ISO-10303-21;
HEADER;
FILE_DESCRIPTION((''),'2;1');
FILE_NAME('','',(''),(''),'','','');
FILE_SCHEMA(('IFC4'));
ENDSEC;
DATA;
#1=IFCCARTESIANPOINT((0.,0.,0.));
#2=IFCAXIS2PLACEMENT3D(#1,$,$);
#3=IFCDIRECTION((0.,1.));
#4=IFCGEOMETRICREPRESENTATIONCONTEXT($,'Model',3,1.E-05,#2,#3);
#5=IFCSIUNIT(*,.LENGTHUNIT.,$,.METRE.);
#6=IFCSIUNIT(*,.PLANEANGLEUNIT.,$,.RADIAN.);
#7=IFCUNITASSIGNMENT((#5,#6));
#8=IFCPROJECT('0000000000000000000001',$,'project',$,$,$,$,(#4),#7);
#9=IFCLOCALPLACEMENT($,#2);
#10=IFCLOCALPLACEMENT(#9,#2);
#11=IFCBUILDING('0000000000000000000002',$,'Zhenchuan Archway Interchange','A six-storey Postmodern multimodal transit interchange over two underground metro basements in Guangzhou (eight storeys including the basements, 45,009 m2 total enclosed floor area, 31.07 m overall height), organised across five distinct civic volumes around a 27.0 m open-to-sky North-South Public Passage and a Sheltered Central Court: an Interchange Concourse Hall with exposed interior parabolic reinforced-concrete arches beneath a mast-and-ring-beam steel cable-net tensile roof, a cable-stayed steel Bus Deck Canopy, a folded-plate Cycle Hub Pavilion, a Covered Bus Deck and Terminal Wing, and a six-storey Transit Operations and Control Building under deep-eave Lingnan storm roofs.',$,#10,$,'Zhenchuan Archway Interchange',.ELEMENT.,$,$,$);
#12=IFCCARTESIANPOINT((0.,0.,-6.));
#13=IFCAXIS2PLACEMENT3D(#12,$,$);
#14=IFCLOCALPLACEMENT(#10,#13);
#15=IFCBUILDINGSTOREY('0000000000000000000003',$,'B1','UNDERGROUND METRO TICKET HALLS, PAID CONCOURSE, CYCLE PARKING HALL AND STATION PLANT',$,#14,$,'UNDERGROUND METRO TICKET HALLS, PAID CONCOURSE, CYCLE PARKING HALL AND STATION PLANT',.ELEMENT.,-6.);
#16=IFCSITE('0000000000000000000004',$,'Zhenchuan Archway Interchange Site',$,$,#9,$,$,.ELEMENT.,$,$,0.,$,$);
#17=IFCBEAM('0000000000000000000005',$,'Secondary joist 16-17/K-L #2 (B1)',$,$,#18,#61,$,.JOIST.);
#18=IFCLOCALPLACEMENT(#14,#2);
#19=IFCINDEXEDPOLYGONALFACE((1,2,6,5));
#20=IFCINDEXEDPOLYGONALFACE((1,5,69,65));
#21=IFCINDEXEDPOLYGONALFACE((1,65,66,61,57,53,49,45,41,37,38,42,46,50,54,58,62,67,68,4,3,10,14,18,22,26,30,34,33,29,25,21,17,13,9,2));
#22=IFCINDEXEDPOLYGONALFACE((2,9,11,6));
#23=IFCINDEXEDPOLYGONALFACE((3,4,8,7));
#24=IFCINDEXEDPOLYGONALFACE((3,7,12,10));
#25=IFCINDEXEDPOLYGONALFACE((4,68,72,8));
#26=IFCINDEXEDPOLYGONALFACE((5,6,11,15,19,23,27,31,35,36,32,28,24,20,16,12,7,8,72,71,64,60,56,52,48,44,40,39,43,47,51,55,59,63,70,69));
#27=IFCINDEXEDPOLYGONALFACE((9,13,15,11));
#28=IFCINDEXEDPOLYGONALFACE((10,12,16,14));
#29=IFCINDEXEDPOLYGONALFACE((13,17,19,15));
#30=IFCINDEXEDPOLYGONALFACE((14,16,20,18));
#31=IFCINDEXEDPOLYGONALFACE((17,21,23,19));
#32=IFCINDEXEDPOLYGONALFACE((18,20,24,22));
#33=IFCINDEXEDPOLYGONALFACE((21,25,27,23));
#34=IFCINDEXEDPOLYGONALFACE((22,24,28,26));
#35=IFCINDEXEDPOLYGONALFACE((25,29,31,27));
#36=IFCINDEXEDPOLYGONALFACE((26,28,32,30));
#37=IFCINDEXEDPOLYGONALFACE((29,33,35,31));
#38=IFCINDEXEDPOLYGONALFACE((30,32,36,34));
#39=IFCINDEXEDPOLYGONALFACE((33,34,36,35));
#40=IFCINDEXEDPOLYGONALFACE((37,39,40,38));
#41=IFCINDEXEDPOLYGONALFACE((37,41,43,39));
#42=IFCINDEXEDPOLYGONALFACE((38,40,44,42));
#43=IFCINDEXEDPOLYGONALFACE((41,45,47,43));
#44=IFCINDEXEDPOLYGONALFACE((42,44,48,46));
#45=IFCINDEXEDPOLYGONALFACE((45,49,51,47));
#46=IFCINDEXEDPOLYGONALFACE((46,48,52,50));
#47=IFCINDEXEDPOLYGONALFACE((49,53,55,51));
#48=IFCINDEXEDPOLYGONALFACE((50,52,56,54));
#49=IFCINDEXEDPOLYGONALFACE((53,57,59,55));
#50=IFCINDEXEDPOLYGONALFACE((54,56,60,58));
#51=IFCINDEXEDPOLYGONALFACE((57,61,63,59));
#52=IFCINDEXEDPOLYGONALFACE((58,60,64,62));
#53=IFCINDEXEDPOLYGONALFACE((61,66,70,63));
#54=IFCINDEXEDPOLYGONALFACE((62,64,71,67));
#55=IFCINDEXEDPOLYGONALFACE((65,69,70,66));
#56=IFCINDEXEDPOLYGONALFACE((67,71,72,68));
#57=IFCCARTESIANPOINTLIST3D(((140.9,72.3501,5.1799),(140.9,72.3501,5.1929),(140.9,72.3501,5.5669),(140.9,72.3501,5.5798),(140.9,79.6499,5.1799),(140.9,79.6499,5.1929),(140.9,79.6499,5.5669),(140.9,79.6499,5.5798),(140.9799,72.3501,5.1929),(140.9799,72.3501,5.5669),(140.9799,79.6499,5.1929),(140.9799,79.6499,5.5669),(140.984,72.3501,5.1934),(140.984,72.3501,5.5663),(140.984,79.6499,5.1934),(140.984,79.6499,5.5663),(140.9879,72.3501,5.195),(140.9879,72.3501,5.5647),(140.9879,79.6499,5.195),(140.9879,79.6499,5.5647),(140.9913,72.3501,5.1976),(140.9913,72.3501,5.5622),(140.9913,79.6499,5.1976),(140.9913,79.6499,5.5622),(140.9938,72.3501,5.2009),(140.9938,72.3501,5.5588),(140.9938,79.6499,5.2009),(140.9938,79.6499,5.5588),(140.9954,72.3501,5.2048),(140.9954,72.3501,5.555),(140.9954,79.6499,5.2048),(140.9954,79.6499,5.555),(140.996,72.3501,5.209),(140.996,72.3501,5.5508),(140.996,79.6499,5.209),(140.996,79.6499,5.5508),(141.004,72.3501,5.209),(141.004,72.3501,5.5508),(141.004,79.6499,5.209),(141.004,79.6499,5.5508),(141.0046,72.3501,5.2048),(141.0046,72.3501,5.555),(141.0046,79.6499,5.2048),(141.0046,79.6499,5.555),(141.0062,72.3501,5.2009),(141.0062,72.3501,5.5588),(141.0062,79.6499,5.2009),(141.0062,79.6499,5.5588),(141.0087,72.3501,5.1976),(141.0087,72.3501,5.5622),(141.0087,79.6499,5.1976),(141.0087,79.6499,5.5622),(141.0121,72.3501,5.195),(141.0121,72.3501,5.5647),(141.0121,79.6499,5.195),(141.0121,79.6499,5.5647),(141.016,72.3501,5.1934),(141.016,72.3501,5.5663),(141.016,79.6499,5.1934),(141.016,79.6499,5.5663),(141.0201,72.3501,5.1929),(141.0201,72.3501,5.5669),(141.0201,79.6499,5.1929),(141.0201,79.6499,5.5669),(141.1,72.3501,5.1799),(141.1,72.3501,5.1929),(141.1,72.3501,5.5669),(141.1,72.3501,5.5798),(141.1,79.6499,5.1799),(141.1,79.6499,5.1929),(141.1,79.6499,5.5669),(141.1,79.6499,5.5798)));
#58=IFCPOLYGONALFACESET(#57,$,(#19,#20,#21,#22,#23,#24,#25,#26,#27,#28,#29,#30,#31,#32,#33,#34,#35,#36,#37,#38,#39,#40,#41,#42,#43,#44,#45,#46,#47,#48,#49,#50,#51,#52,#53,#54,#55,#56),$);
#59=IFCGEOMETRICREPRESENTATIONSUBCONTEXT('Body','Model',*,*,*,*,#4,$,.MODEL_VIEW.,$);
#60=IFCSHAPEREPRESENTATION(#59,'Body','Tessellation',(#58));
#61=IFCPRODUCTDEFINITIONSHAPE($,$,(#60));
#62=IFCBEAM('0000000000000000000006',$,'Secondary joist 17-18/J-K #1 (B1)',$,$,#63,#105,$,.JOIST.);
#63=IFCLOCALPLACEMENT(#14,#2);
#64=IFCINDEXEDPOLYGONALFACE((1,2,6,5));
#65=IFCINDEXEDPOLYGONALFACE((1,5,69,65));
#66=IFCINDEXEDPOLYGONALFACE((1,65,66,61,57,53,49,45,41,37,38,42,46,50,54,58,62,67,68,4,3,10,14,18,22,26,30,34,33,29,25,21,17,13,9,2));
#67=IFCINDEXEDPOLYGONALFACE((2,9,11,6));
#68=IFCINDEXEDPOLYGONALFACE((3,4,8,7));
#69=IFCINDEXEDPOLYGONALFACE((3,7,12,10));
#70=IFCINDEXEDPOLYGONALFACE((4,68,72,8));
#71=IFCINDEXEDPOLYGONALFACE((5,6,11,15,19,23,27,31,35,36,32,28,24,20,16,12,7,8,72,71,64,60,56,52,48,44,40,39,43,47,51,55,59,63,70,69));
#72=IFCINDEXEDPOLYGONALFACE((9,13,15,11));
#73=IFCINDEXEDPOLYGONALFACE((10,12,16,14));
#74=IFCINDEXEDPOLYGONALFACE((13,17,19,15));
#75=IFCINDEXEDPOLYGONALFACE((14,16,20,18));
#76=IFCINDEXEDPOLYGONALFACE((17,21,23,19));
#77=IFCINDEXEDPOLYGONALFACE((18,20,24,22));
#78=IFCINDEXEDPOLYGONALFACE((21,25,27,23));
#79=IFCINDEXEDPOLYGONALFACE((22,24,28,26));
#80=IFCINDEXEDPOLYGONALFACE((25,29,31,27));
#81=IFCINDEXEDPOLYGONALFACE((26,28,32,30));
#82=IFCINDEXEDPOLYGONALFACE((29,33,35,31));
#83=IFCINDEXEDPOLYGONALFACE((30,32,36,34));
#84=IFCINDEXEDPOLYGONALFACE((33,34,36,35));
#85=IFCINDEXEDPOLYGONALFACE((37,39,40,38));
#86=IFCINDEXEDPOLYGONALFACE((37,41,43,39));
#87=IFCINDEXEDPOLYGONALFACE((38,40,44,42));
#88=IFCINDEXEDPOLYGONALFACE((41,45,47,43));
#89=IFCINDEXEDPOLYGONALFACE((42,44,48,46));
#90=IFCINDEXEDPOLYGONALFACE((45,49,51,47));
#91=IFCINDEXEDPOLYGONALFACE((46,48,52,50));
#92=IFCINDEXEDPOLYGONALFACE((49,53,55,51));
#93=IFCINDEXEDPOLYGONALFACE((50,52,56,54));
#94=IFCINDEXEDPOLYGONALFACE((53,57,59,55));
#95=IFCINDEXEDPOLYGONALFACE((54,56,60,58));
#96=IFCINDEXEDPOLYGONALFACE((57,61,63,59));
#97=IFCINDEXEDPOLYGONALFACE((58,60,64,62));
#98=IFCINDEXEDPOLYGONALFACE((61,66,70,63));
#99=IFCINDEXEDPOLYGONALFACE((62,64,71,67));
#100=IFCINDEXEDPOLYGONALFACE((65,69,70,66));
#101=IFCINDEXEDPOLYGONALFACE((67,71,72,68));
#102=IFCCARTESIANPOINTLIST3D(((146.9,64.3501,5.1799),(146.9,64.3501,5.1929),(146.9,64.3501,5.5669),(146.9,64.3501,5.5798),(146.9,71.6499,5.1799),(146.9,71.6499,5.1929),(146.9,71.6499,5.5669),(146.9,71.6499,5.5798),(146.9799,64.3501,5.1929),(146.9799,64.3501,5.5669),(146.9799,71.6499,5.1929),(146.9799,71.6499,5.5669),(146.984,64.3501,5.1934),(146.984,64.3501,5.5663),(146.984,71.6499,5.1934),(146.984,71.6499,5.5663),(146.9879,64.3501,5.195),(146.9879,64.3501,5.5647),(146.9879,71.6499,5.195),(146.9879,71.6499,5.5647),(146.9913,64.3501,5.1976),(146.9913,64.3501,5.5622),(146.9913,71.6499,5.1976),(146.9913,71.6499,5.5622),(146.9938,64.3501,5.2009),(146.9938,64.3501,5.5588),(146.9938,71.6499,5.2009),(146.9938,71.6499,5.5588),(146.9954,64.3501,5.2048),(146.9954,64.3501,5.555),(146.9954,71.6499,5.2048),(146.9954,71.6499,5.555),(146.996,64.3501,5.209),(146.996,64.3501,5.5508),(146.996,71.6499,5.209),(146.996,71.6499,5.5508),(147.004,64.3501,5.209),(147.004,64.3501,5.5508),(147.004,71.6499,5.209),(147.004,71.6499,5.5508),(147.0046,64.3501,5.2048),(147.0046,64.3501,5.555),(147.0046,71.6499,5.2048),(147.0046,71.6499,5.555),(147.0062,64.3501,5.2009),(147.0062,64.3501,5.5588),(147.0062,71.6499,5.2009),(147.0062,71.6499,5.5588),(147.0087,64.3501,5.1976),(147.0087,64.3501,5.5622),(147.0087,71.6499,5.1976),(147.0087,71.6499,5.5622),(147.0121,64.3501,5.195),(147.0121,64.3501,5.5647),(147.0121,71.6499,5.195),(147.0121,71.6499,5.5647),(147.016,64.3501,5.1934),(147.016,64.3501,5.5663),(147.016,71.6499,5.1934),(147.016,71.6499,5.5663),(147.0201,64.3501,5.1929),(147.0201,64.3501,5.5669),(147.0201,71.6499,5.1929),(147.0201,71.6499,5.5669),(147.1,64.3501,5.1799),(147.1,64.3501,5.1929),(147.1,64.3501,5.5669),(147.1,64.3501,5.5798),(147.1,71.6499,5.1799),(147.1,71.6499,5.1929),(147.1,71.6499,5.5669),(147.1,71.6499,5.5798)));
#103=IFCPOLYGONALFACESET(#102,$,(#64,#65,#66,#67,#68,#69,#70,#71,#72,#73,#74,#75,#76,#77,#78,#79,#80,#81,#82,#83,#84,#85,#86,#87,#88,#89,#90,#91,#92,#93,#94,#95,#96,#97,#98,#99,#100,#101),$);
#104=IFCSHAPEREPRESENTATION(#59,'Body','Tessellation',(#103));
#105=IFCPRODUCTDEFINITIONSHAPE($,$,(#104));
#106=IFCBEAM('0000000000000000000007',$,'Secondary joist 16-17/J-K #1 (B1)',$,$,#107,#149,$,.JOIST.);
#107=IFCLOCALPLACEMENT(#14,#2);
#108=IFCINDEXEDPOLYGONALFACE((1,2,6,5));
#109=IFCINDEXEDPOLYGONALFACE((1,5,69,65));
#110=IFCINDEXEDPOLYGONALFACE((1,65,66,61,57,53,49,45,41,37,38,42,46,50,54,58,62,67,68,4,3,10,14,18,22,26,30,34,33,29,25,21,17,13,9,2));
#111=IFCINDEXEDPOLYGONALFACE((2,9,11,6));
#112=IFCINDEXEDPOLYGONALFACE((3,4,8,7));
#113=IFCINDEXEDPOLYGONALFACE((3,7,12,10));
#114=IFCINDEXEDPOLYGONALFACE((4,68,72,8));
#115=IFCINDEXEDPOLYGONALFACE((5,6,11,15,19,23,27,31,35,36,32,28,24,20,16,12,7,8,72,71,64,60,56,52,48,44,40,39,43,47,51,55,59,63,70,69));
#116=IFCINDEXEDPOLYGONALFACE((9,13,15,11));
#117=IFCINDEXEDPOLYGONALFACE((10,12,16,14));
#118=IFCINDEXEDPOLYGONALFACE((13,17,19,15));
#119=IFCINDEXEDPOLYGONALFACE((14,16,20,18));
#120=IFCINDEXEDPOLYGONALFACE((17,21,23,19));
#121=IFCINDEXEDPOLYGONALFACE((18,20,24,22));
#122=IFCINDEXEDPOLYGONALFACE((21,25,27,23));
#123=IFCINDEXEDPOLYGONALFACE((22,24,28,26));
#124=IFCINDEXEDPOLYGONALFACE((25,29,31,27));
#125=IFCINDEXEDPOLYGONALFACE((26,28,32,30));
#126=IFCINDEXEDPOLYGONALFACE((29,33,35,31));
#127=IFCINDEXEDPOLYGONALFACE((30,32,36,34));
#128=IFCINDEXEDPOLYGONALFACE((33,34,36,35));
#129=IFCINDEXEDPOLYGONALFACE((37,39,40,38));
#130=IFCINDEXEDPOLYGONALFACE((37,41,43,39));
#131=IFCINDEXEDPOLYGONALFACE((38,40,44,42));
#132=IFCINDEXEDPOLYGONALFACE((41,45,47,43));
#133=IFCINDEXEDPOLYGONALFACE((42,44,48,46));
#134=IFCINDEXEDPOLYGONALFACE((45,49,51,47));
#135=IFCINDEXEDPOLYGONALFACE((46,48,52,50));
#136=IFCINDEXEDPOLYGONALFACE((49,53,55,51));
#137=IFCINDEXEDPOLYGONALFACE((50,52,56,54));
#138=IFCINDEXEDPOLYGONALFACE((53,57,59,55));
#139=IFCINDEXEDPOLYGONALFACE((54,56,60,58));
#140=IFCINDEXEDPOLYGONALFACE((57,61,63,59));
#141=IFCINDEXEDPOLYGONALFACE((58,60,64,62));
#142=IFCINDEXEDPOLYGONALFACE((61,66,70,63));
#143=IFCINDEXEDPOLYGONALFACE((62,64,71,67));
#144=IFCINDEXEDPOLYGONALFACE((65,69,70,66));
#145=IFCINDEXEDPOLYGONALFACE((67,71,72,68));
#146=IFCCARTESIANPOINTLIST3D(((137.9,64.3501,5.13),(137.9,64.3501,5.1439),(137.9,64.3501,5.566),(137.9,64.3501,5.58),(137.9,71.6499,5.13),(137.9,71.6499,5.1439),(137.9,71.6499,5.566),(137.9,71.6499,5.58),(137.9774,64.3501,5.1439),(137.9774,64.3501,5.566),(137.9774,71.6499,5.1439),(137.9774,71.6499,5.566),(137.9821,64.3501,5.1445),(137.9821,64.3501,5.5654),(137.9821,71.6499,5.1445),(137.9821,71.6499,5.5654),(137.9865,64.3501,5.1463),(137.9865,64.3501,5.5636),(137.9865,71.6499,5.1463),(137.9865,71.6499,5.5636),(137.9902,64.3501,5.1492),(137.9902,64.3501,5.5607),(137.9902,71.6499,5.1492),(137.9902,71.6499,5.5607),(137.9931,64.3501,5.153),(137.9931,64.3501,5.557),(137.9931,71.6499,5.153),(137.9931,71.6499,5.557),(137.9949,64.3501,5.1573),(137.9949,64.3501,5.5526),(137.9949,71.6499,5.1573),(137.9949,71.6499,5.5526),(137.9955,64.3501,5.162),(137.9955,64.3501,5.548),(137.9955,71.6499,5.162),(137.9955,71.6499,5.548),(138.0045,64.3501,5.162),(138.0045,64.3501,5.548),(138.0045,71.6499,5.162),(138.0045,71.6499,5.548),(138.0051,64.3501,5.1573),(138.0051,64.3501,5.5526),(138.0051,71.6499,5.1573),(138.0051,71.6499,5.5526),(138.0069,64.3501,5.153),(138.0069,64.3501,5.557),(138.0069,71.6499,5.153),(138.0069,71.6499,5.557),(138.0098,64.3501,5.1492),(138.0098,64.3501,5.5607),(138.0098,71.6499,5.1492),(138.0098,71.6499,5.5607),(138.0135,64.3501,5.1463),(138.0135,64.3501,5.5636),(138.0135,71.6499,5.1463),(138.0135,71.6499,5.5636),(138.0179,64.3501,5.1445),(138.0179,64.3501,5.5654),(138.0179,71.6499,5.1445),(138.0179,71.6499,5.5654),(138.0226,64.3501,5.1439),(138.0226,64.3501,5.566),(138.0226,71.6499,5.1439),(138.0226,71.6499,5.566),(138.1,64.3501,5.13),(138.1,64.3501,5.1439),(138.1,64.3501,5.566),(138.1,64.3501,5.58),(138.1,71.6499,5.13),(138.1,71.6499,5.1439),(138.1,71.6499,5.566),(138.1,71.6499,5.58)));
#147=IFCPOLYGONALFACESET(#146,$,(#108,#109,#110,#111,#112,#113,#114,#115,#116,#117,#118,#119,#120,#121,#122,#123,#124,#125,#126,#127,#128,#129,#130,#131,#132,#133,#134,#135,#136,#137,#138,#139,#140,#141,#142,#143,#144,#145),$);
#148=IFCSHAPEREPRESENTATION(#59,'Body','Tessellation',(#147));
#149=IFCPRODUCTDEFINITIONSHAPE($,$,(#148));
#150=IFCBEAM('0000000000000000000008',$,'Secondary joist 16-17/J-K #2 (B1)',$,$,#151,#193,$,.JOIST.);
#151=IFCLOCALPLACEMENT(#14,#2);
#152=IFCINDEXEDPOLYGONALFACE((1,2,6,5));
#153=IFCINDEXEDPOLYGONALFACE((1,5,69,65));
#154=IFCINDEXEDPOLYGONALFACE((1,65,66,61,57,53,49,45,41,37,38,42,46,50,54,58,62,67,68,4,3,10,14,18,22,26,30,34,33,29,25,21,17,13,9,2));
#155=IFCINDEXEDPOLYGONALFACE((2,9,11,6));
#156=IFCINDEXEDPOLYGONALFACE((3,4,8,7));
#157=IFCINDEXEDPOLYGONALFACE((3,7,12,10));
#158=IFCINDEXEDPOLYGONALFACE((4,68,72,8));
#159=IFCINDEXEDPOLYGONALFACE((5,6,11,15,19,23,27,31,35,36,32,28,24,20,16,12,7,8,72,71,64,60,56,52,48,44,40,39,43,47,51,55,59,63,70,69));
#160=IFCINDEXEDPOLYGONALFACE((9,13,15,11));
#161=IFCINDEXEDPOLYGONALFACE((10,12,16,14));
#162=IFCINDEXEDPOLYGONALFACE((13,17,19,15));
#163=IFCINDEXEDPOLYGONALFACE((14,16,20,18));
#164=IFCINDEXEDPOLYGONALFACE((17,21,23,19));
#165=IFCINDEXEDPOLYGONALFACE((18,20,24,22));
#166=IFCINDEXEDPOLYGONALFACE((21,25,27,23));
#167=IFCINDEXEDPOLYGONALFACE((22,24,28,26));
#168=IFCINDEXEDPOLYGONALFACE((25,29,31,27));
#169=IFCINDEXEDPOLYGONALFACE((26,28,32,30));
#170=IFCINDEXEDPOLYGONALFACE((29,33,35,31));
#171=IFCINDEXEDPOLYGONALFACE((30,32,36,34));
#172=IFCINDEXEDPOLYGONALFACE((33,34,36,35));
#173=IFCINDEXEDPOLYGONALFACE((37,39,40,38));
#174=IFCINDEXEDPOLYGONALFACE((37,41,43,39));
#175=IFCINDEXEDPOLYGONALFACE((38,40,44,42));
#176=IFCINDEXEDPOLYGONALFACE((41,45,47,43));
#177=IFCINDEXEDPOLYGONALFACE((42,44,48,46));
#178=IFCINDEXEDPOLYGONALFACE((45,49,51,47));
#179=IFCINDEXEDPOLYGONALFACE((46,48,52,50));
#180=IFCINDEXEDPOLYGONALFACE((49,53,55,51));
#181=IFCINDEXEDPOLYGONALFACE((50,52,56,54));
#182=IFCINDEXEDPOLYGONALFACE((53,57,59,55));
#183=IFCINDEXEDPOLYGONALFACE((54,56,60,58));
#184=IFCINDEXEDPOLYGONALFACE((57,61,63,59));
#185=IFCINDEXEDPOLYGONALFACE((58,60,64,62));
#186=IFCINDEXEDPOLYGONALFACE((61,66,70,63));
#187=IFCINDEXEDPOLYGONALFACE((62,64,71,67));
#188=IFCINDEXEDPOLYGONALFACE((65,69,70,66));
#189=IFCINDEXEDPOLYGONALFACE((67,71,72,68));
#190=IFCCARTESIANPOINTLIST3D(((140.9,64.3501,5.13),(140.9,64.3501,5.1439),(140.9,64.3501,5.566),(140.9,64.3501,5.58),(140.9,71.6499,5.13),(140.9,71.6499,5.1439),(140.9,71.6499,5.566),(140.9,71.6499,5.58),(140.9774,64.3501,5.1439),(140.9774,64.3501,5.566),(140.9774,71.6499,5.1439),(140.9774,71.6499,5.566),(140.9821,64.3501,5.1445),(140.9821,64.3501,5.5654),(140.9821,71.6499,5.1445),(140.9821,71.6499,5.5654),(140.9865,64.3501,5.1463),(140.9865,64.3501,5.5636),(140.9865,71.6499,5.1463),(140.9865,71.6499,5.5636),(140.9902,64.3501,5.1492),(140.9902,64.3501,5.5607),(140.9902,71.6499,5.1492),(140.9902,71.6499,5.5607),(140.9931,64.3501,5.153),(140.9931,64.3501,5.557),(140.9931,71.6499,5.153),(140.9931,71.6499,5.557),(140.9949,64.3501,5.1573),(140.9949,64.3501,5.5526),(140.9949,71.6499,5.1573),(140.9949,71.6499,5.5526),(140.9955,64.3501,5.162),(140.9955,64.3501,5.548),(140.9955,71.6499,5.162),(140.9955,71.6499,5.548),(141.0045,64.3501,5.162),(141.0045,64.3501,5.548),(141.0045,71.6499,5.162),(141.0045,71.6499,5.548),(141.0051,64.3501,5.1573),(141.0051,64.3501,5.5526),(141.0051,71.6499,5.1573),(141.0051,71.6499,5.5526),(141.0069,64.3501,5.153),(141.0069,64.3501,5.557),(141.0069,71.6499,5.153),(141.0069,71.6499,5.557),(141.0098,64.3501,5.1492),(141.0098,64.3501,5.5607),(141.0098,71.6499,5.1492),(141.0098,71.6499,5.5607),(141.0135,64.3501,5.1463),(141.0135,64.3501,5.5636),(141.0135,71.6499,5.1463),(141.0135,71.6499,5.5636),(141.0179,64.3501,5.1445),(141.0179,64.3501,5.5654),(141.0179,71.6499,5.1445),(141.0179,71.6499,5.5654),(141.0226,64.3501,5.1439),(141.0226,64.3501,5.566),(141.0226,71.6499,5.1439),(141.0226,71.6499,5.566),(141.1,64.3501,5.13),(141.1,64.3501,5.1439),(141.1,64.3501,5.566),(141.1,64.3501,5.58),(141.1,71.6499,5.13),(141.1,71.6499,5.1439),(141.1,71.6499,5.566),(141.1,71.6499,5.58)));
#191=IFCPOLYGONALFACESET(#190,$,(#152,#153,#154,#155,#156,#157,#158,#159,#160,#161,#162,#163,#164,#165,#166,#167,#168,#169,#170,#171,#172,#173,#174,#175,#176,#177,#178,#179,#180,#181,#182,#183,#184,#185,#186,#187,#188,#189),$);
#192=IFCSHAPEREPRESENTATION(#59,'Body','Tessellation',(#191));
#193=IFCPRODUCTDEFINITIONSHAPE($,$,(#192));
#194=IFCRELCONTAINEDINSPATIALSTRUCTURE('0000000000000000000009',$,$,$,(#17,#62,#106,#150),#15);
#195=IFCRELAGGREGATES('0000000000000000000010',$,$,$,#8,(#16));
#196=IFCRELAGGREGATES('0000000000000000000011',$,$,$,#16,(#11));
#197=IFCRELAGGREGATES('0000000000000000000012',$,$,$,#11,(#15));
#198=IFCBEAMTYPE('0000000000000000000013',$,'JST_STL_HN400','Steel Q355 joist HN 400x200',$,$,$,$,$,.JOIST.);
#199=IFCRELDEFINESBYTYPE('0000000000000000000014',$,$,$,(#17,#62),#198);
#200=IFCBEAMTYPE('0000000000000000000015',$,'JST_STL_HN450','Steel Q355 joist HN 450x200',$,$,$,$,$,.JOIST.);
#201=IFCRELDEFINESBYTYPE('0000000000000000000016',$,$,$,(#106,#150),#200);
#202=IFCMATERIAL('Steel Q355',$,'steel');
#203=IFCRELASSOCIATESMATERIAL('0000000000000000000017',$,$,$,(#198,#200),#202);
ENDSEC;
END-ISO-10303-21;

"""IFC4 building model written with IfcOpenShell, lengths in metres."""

from ifc_helpers import new_model, si_unit, direction, frame, origin, origin_2d, place, context, subcontext, project, spatial, i_section, extrude, material, material_profile, profile_set, type_object, element, save


model = new_model("IFC4")

# Units and contexts
model_context = context("Model", 3, precision=1e-05, world=origin(), true_north=direction((0.0, 1.0)))
body_context = subcontext(model_context, "Body", "Model", "MODEL_VIEW")
ifc_project = project(units=[si_unit("LENGTHUNIT", "METRE"), si_unit("PLANEANGLEUNIT", "RADIAN")], contexts=[model_context])

# Site, building, storey
site_placement = place(None, origin())
site = spatial("IfcSite", under=ifc_project, at=site_placement, Name="Zhenchuan Archway Interchange Site", CompositionType="ELEMENT", RefElevation=0.0)
building_placement = place(site_placement, origin())
building = spatial("IfcBuilding", under=site, at=building_placement, Name="Zhenchuan Archway Interchange", Description="A six-storey Postmodern multimodal transit interchange over two underground metro basements in Guangzhou (eight storeys including the basements, 45,009 m2 total enclosed floor area, 31.07 m overall height), organised across five distinct civic volumes around a 27.0 m open-to-sky North-South Public Passage and a Sheltered Central Court: an Interchange Concourse Hall with exposed interior parabolic reinforced-concrete arches beneath a mast-and-ring-beam steel cable-net tensile roof, a cable-stayed steel Bus Deck Canopy, a folded-plate Cycle Hub Pavilion, a Covered Bus Deck and Terminal Wing, and a six-storey Transit Operations and Control Building under deep-eave Lingnan storm roofs.", LongName="Zhenchuan Archway Interchange", CompositionType="ELEMENT")
storey_placement = place(building_placement, frame((0.0, 0.0, -6.0)))
storey = spatial("IfcBuildingStorey", under=building, at=storey_placement, Name="B1", Description="UNDERGROUND METRO TICKET HALLS, PAID CONCOURSE, CYCLE PARKING HALL AND STATION PLANT", LongName="UNDERGROUND METRO TICKET HALLS, PAID CONCOURSE, CYCLE PARKING HALL AND STATION PLANT", CompositionType="ELEMENT", Elevation=-6.0)

# Beams
ifc_material_1 = material(Name="Steel Q355", Category="steel")
ifc_material_profile_1 = material_profile(ifc_material_1, i_section(OverallWidth=0.2, OverallDepth=0.3999, WebThickness=0.0081, FlangeThickness=0.0129, FilletRadius=0.0161, at=origin_2d()), Name="HN 400x200")
ifc_profile_set_1 = profile_set([ifc_material_profile_1], Name="Steel Q355")
beam_type_1 = type_object("IfcBeamType", Name="JST_STL_HN400", Description="Steel Q355 joist HN 400x200", PredefinedType="JOIST", material=ifc_profile_set_1)
for number, where, z_axis, x_axis, name in (
    (1, (141.0, 72.3501, 5.3799), (0.0, 1.0, 0.0), (-1.0, 0.0, 0.0), "Secondary joist 16-17/K-L #2 (B1)"),
    (2, (147.0, 64.3501, 5.3799), (0.0, 1.0, 0.0), (-1.0, 0.0, 0.0), "Secondary joist 17-18/J-K #1 (B1)"),
):
    element("IfcBeam", number, at=place(storey_placement, frame(where, z_axis=z_axis, x_axis=x_axis)), inside=storey, type_object=beam_type_1, Name=name, PredefinedType="JOIST", context=body_context, shape_type="SweptSolid", body=[
        extrude(i_section(OverallWidth=0.2, OverallDepth=0.3999, WebThickness=0.0081, FlangeThickness=0.0129, FilletRadius=0.0161, at=origin_2d()), origin(), (0.0, 0.0, 1.0), 7.2998),
    ])
ifc_material_profile_2 = material_profile(ifc_material_1, i_section(OverallWidth=0.2, OverallDepth=0.45, WebThickness=0.009, FlangeThickness=0.0139, FilletRadius=0.0181, at=origin_2d()), Name="HN 450x200")
ifc_profile_set_2 = profile_set([ifc_material_profile_2], Name="Steel Q355")
beam_type_2 = type_object("IfcBeamType", Name="JST_STL_HN450", Description="Steel Q355 joist HN 450x200", PredefinedType="JOIST", material=ifc_profile_set_2)
for number, where, z_axis, x_axis, name in (
    (3, (138.0, 64.3501, 5.355), (0.0, 1.0, 0.0), (-1.0, 0.0, 0.0), "Secondary joist 16-17/J-K #1 (B1)"),
    (4, (141.0, 64.3501, 5.355), (0.0, 1.0, 0.0), (-1.0, 0.0, 0.0), "Secondary joist 16-17/J-K #2 (B1)"),
):
    element("IfcBeam", number, at=place(storey_placement, frame(where, z_axis=z_axis, x_axis=x_axis)), inside=storey, type_object=beam_type_2, Name=name, PredefinedType="JOIST", context=body_context, shape_type="SweptSolid", body=[
        extrude(i_section(OverallWidth=0.2, OverallDepth=0.45, WebThickness=0.009, FlangeThickness=0.0139, FilletRadius=0.0181, at=origin_2d()), origin(), (0.0, 0.0, 1.0), 7.2998),
    ])

save(model, "model.ifc")
